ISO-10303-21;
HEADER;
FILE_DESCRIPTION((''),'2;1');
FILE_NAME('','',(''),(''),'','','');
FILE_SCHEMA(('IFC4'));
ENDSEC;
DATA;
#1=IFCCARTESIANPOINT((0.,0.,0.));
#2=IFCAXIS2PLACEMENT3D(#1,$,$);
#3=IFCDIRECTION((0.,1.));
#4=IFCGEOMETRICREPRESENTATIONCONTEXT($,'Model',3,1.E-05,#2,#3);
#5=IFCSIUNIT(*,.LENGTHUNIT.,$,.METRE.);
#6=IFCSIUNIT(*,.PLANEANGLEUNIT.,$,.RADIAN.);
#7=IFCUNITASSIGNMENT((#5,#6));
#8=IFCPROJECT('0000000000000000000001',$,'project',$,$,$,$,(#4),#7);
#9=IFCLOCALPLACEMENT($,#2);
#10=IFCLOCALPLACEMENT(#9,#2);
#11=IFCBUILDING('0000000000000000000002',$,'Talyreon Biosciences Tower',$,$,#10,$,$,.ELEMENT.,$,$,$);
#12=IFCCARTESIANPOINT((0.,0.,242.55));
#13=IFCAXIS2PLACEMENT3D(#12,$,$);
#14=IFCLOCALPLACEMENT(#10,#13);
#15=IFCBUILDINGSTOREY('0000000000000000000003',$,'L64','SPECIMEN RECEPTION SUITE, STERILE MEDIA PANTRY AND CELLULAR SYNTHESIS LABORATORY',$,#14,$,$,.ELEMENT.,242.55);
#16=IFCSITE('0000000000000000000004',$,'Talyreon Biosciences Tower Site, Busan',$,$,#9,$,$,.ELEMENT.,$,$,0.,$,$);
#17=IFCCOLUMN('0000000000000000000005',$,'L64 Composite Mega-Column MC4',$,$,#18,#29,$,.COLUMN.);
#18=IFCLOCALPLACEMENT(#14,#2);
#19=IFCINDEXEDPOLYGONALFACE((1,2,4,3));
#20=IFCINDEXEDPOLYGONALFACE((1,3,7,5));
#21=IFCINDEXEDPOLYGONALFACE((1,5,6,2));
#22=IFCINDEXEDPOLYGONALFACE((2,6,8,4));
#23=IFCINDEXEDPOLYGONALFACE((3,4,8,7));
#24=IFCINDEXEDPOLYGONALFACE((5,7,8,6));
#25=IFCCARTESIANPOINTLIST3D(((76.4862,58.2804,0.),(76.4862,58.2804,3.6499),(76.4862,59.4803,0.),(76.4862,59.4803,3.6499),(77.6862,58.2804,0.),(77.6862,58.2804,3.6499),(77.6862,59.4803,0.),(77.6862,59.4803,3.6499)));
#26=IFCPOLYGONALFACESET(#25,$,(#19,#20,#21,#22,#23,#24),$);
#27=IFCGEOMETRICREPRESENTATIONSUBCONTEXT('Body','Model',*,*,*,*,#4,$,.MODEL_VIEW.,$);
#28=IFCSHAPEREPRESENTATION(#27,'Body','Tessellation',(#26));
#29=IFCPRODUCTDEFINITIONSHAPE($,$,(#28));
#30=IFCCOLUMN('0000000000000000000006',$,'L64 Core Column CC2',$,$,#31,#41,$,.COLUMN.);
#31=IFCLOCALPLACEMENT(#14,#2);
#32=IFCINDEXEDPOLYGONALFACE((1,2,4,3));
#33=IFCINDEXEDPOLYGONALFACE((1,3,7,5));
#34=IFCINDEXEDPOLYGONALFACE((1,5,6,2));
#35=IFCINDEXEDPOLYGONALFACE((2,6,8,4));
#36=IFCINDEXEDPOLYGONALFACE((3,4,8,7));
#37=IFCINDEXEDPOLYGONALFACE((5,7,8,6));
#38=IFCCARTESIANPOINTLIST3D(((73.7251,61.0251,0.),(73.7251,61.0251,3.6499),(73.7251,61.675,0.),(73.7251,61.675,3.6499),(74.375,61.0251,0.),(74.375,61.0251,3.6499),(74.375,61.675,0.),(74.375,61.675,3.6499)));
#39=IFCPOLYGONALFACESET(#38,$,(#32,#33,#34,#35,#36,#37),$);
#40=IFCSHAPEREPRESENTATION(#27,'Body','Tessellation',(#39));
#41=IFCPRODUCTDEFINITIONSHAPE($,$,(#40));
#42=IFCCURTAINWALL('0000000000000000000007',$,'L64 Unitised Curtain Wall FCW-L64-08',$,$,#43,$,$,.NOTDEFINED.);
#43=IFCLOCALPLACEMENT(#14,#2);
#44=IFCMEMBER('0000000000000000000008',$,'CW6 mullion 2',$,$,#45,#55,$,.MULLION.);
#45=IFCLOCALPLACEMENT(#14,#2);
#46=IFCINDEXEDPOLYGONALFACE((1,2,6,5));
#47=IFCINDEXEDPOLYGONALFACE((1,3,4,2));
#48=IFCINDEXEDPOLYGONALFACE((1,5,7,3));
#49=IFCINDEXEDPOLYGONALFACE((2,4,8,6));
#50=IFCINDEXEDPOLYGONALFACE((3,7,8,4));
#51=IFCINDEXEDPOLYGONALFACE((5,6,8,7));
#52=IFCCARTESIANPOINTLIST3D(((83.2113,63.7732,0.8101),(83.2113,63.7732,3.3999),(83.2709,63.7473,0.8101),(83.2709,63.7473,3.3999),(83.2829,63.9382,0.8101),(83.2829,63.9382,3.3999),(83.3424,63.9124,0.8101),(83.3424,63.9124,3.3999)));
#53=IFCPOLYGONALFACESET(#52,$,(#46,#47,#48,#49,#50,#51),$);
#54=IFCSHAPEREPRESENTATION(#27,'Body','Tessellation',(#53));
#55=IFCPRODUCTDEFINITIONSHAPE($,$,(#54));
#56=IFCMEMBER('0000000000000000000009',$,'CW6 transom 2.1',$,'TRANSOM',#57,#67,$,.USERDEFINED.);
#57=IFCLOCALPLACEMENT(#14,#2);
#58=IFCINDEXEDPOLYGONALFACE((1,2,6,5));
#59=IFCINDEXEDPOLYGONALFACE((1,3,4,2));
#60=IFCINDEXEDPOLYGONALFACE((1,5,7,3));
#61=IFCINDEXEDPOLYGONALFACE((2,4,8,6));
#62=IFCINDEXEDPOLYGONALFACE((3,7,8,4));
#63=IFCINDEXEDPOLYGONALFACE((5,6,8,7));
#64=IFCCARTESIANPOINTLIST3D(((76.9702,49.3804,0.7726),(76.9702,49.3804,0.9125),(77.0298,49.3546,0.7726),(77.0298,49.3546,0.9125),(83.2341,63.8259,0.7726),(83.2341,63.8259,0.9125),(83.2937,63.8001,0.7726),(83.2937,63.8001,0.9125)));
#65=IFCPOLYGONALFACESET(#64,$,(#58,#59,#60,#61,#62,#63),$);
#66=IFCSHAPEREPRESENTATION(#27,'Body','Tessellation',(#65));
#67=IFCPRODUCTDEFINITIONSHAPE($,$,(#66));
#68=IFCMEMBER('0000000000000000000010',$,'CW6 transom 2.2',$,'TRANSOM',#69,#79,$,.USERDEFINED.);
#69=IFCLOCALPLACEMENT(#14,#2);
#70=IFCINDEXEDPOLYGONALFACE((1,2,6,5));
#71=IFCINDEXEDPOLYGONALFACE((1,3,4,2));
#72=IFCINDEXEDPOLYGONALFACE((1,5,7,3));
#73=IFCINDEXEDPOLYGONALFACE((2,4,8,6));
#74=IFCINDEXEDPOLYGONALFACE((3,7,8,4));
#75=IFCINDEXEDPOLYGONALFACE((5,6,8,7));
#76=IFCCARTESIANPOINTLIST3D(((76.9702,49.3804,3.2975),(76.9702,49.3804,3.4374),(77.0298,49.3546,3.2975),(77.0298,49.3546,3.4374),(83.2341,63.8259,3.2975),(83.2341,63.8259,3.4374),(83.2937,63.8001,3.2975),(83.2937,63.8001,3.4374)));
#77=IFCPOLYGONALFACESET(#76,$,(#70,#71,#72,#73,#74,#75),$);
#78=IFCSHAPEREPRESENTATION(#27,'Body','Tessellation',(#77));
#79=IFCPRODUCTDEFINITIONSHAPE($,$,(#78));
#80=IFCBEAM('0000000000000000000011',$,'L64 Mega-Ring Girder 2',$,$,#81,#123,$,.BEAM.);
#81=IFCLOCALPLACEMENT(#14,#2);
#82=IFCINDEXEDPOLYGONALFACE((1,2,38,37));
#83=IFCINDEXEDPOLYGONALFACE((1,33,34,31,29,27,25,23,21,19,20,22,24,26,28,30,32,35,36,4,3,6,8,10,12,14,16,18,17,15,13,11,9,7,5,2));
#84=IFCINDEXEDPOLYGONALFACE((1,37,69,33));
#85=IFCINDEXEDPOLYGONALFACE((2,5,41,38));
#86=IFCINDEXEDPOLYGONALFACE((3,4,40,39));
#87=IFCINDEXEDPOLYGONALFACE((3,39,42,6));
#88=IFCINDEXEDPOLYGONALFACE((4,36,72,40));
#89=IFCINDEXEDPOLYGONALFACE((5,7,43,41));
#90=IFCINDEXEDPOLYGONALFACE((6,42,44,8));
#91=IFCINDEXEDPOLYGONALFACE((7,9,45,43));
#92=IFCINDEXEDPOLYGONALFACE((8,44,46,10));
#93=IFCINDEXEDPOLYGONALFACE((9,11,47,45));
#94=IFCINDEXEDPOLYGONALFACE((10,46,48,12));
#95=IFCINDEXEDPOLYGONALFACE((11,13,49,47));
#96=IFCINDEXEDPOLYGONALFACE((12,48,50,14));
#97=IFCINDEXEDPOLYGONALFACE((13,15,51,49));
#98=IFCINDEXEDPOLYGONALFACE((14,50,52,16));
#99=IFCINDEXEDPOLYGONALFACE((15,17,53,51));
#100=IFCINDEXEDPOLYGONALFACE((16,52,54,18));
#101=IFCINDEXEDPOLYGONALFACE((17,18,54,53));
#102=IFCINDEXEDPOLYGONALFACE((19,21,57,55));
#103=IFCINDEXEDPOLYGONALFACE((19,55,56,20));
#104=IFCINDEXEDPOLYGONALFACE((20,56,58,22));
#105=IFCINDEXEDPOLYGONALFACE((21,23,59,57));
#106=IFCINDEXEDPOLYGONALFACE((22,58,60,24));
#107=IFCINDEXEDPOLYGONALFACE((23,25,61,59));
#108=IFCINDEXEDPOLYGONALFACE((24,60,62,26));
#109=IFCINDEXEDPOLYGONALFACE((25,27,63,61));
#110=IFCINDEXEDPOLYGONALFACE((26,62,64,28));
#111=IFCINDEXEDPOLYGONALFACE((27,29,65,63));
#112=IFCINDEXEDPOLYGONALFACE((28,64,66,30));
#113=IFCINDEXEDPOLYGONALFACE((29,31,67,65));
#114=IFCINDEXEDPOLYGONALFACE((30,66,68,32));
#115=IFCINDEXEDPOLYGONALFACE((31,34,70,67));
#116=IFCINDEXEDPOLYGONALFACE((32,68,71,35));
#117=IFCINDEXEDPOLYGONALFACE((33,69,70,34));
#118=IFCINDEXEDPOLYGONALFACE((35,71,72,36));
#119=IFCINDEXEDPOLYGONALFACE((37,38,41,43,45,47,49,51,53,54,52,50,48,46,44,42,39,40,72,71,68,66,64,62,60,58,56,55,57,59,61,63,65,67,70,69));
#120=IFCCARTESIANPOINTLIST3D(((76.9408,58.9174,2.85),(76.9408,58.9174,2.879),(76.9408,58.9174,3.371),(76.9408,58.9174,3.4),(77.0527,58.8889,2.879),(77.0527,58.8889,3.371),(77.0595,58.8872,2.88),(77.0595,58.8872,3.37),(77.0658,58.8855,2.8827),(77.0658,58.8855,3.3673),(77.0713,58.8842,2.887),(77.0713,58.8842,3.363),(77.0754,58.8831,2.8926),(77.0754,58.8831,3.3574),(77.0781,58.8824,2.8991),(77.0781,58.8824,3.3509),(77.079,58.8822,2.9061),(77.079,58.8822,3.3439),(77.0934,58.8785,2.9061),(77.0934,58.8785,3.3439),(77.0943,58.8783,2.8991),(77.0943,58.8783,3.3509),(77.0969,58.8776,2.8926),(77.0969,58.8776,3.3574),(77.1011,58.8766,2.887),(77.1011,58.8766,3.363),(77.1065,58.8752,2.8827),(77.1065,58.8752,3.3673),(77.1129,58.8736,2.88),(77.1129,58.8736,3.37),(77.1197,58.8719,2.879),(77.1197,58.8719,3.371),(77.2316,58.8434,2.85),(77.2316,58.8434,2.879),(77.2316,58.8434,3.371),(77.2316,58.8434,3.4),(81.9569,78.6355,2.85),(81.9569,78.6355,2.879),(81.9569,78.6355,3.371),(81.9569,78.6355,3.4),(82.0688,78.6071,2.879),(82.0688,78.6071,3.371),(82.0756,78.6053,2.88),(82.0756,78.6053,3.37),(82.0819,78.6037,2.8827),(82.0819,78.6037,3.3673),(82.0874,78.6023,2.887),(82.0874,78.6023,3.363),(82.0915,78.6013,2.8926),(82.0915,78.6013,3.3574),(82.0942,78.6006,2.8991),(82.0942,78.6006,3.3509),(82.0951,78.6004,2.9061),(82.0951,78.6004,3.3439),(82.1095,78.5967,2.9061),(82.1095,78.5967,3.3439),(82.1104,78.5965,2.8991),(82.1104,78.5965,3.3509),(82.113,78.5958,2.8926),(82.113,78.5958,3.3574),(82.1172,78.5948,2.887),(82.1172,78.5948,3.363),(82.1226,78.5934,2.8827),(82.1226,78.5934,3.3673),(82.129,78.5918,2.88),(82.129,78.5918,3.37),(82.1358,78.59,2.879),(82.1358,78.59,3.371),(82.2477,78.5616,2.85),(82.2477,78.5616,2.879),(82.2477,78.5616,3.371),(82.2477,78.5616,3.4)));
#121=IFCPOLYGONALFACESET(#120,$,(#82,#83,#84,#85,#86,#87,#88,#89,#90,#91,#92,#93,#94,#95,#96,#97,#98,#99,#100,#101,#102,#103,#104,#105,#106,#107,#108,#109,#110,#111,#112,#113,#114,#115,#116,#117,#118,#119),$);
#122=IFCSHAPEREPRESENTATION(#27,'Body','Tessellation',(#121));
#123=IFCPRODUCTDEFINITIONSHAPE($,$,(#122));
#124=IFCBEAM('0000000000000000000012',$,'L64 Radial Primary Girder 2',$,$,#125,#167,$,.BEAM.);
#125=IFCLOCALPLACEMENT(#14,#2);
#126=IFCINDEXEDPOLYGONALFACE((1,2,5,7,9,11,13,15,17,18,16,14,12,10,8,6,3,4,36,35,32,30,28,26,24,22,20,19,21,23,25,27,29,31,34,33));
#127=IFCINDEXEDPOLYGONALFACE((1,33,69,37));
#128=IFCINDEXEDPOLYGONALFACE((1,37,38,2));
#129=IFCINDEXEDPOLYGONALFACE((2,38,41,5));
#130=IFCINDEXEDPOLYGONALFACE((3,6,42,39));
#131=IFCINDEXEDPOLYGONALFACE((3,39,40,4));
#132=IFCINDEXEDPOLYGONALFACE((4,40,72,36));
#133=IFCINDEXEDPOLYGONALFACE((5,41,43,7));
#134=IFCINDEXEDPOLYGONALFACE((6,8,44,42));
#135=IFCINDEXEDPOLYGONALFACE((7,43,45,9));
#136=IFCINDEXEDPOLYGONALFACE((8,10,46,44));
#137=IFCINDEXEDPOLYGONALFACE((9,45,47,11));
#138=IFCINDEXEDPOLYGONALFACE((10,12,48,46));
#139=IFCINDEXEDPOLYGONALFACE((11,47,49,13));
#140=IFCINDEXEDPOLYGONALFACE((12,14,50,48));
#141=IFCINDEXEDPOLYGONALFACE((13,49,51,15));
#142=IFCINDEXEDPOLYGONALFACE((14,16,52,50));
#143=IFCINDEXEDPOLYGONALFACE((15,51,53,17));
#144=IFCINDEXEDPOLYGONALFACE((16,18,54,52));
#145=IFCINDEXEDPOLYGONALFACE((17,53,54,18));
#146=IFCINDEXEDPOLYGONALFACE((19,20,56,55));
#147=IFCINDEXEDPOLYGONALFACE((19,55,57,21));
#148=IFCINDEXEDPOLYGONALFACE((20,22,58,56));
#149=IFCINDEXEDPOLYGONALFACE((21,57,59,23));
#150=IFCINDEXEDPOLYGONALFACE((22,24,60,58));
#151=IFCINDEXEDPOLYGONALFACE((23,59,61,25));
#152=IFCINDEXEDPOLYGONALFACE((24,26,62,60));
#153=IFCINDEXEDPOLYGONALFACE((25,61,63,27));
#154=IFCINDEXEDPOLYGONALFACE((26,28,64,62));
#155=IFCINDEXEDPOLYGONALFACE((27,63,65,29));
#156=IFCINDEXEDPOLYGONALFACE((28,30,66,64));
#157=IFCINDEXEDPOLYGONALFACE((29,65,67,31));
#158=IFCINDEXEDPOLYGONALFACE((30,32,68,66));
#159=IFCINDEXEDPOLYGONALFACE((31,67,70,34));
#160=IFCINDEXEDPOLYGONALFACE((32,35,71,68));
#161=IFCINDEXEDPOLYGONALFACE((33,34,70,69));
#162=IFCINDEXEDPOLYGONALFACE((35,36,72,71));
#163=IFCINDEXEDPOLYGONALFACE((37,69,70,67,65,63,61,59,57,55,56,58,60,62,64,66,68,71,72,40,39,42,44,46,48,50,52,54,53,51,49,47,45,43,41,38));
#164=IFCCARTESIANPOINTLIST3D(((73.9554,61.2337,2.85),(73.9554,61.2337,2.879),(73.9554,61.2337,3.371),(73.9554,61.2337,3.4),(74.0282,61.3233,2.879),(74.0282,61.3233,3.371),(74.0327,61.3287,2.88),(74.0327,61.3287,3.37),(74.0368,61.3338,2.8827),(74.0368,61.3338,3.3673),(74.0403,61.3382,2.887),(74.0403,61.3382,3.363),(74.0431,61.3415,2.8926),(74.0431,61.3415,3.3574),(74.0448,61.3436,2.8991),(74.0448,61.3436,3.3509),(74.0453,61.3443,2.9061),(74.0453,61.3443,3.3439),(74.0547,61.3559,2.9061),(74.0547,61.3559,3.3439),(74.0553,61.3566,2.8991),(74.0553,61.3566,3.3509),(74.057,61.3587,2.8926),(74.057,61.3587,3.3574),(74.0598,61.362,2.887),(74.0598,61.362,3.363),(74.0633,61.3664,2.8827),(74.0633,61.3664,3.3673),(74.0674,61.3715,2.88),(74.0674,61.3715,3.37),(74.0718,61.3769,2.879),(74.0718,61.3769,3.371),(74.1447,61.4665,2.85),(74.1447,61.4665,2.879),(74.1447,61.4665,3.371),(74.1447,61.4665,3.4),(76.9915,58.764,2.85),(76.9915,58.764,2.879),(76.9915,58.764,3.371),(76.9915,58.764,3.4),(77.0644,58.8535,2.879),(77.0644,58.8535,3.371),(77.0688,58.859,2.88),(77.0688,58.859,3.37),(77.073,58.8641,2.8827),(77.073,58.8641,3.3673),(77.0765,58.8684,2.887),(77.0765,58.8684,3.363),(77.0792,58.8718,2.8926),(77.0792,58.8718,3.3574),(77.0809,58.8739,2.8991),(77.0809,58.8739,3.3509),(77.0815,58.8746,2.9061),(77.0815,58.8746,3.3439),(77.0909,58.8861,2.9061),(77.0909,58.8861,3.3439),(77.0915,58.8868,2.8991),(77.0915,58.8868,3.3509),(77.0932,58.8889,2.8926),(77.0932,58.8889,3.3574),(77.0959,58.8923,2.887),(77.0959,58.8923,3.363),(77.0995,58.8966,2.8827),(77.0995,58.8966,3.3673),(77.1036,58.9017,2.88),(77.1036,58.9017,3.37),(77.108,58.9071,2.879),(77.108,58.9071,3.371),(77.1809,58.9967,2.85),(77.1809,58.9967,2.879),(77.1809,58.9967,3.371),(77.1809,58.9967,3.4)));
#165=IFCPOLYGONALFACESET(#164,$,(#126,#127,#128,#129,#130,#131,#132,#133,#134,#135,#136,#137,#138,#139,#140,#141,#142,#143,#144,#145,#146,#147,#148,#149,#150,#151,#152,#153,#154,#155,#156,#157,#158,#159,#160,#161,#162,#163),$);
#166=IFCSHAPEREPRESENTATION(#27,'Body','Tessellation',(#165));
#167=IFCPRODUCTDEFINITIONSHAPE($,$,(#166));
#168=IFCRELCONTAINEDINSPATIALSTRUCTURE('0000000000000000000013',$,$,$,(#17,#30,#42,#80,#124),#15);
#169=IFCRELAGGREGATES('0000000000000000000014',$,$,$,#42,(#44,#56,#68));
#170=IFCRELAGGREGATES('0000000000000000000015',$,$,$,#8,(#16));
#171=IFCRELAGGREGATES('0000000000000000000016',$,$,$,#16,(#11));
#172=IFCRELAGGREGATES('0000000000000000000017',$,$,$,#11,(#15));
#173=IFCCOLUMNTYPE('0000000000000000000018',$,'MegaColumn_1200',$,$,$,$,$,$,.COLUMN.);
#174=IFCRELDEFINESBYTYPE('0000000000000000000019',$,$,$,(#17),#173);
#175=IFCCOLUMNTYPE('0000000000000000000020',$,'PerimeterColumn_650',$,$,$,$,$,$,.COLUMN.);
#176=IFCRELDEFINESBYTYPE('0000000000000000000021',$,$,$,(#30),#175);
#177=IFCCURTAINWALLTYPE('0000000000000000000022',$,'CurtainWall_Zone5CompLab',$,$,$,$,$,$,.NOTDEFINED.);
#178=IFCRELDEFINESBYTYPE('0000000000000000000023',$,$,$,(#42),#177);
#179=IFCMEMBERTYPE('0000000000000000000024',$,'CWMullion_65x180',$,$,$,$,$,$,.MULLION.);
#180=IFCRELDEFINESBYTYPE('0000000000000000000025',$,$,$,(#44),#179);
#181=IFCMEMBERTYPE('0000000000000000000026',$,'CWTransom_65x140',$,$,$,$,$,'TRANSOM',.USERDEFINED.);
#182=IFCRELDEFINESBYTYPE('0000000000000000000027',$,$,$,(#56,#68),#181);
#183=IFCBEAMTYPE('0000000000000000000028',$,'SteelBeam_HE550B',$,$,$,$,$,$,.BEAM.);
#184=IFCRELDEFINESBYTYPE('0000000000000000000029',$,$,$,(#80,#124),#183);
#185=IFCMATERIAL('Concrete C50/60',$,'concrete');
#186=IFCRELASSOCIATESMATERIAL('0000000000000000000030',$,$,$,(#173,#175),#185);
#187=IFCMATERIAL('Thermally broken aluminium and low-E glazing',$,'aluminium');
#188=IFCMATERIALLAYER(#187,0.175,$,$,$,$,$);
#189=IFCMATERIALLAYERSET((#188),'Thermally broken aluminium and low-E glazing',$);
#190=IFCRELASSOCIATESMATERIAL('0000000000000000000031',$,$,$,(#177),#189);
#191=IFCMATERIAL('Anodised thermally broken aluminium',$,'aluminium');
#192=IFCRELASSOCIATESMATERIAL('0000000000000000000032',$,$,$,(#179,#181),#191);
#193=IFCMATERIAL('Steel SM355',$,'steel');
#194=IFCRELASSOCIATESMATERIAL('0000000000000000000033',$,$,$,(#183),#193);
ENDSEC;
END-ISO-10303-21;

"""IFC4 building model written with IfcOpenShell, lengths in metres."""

from ifc_helpers import new_model, si_unit, direction, frame, origin, origin_2d, place, context, subcontext, project, spatial, rectangle, i_section, extrude, material, layer, layer_set, material_profile, profile_set, type_object, element, aggregate, save


model = new_model("IFC4")

# Units and contexts
model_context = context("Model", 3, precision=1e-05, world=origin(), true_north=direction((0.0, 1.0)))
body_context = subcontext(model_context, "Body", "Model", "MODEL_VIEW")
ifc_project = project(units=[si_unit("LENGTHUNIT", "METRE"), si_unit("PLANEANGLEUNIT", "RADIAN")], contexts=[model_context])

# Site, building, storey
site_placement = place(None, origin())
site = spatial("IfcSite", under=ifc_project, at=site_placement, Name="Talyreon Biosciences Tower Site, Busan", CompositionType="ELEMENT", RefElevation=0.0)
building_placement = place(site_placement, origin())
building = spatial("IfcBuilding", under=site, at=building_placement, Name="Talyreon Biosciences Tower", CompositionType="ELEMENT")
storey_placement = place(building_placement, frame((0.0, 0.0, 242.55)))
storey = spatial("IfcBuildingStorey", under=building, at=storey_placement, Name="L64", Description="SPECIMEN RECEPTION SUITE, STERILE MEDIA PANTRY AND CELLULAR SYNTHESIS LABORATORY", CompositionType="ELEMENT", Elevation=242.55)

# Columns
ifc_material_1 = material(Name="Concrete C50/60", Category="concrete")
ifc_material_profile_1 = material_profile(ifc_material_1, rectangle(XDim=1.2, YDim=1.2, at=origin_2d()), Name="RC 1200x1200")
ifc_profile_set_1 = profile_set([ifc_material_profile_1], Name="Concrete C50/60")
column_type_1 = type_object("IfcColumnType", Name="MegaColumn_1200", PredefinedType="COLUMN", material=ifc_profile_set_1)
column_1_placement = place(storey_placement, frame((77.0862, 58.8804, 0.0), z_axis=(0.0, 0.0, 1.0), x_axis=(1.0, 0.0, 0.0)))
element("IfcColumn", 1, at=column_1_placement, inside=storey, type_object=column_type_1, Name="L64 Composite Mega-Column MC4", PredefinedType="COLUMN", context=body_context, shape_type="SweptSolid", body=[
    extrude(rectangle(XDim=1.2, YDim=1.2, at=origin_2d()), origin(), (0.0, 0.0, 1.0), 3.6499),
])
ifc_material_profile_2 = material_profile(ifc_material_1, rectangle(XDim=0.6499, YDim=0.6499, at=origin_2d()), Name="RC 650x650")
ifc_profile_set_2 = profile_set([ifc_material_profile_2], Name="Concrete C50/60")
column_type_2 = type_object("IfcColumnType", Name="PerimeterColumn_650", PredefinedType="COLUMN", material=ifc_profile_set_2)
column_2_placement = place(storey_placement, frame((74.05, 61.3501, 0.0), z_axis=(0.0, 0.0, 1.0), x_axis=(1.0, 0.0, 0.0)))
element("IfcColumn", 2, at=column_2_placement, inside=storey, type_object=column_type_2, Name="L64 Core Column CC2", PredefinedType="COLUMN", context=body_context, shape_type="SweptSolid", body=[
    extrude(rectangle(XDim=0.6499, YDim=0.6499, at=origin_2d()), origin(), (0.0, 0.0, 1.0), 3.6499),
])

# Curtain wall, members
ifc_material_2 = material(Name="Thermally broken aluminium and low-E glazing", Category="aluminium")
ifc_layer_1 = layer(ifc_material_2, 0.175)
ifc_layer_set_1 = layer_set([ifc_layer_1], Name="Thermally broken aluminium and low-E glazing")
curtain_wall_type = type_object("IfcCurtainWallType", Name="CurtainWall_Zone5CompLab", PredefinedType="NOTDEFINED", material=ifc_layer_set_1)
curtain_wall_placement = place(storey_placement, origin())
curtain_wall = element("IfcCurtainWall", 3, at=curtain_wall_placement, inside=storey, type_object=curtain_wall_type, Name="L64 Unitised Curtain Wall FCW-L64-08", PredefinedType="NOTDEFINED")
ifc_material_3 = material(Name="Anodised thermally broken aluminium", Category="aluminium")
ifc_material_profile_3 = material_profile(ifc_material_3, rectangle(XDim=0.0649, YDim=0.1799, at=origin_2d()), Name="ALUM MULLION 65x180")
ifc_profile_set_3 = profile_set([ifc_material_profile_3], Name="Anodised thermally broken aluminium")
member_type_1 = type_object("IfcMemberType", Name="CWMullion_65x180", PredefinedType="MULLION", material=ifc_profile_set_3)
member_1_placement = place(storey_placement, frame((83.2769, 63.8428, 0.8101), z_axis=(0.0, 0.0, 1.0), x_axis=(0.917458, -0.397832, 0.0)))
member_1 = element("IfcMember", 4, at=member_1_placement, type_object=member_type_1, Name="CW6 mullion 2", PredefinedType="MULLION", context=body_context, shape_type="SweptSolid", body=[
    extrude(rectangle(XDim=0.0649, YDim=0.1799, at=origin_2d()), origin(), (0.0, 0.0, 1.0), 2.5898),
])
ifc_material_profile_4 = material_profile(ifc_material_3, rectangle(XDim=0.0649, YDim=0.1399, at=origin_2d()), Name="ALUM TRANSOM 65x140")
ifc_profile_set_4 = profile_set([ifc_material_profile_4], Name="Anodised thermally broken aluminium")
member_type_2 = type_object("IfcMemberType", Name="CWTransom_65x140", ElementType="TRANSOM", PredefinedType="USERDEFINED", material=ifc_profile_set_4)
member_2_placement = place(storey_placement, frame((83.2639, 63.813, 0.8425), z_axis=(-0.397831, -0.917459, 0.0), x_axis=(0.917459, -0.397831, 0.0)))
member_2 = element("IfcMember", 5, at=member_2_placement, type_object=member_type_2, Name="CW6 transom 2.1", ObjectType="TRANSOM", PredefinedType="USERDEFINED", context=body_context, shape_type="SweptSolid", body=[
    extrude(rectangle(XDim=0.0649, YDim=0.1399, at=origin_2d()), origin(), (0.0, 0.0, 1.0), 15.7451),
])
member_3_placement = place(storey_placement, frame((83.2639, 63.813, 3.3674), z_axis=(-0.397831, -0.917459, 0.0), x_axis=(0.917459, -0.397831, 0.0)))
member_3 = element("IfcMember", 6, at=member_3_placement, type_object=member_type_2, Name="CW6 transom 2.2", ObjectType="TRANSOM", PredefinedType="USERDEFINED", context=body_context, shape_type="SweptSolid", body=[
    extrude(rectangle(XDim=0.0649, YDim=0.1399, at=origin_2d()), origin(), (0.0, 0.0, 1.0), 15.7451),
])
aggregate(curtain_wall, [member_1, member_2, member_3])

# Beams
ifc_material_4 = material(Name="Steel SM355", Category="steel")
ifc_material_profile_5 = material_profile(ifc_material_4, i_section(OverallWidth=0.3, OverallDepth=0.55, WebThickness=0.0149, FlangeThickness=0.0291, FilletRadius=0.0271, at=origin_2d()), Name="HE550B")
ifc_profile_set_5 = profile_set([ifc_material_profile_5], Name="Steel SM355")
beam_type_1 = type_object("IfcBeamType", Name="SteelBeam_HE550B", PredefinedType="BEAM", material=ifc_profile_set_5)
beam_1_placement = place(storey_placement, frame((77.0862, 58.8804, 3.125), z_axis=(0.246537, 0.969133, 0.0), x_axis=(-0.969133, 0.246537, 0.0)))
element("IfcBeam", 7, at=beam_1_placement, inside=storey, type_object=beam_type_1, Name="L64 Mega-Ring Girder 2", PredefinedType="BEAM", context=body_context, shape_type="SweptSolid", body=[
    extrude(i_section(OverallWidth=0.3, OverallDepth=0.55, WebThickness=0.0149, FlangeThickness=0.0291, FilletRadius=0.0271, at=origin_2d()), origin(), (0.0, 0.0, 1.0), 20.3462),
])
beam_2_placement = place(storey_placement, frame((74.05, 61.3501, 3.125), z_axis=(0.775755, -0.631034, 0.0), x_axis=(0.631034, 0.775755, 0.0)))
element("IfcBeam", 8, at=beam_2_placement, inside=storey, type_object=beam_type_1, Name="L64 Radial Primary Girder 2", PredefinedType="BEAM", context=body_context, shape_type="SweptSolid", body=[
    extrude(i_section(OverallWidth=0.3, OverallDepth=0.55, WebThickness=0.0149, FlangeThickness=0.0291, FilletRadius=0.0271, at=origin_2d()), origin(), (0.0, 0.0, 1.0), 3.9138),
])

save(model, "model.ifc")
